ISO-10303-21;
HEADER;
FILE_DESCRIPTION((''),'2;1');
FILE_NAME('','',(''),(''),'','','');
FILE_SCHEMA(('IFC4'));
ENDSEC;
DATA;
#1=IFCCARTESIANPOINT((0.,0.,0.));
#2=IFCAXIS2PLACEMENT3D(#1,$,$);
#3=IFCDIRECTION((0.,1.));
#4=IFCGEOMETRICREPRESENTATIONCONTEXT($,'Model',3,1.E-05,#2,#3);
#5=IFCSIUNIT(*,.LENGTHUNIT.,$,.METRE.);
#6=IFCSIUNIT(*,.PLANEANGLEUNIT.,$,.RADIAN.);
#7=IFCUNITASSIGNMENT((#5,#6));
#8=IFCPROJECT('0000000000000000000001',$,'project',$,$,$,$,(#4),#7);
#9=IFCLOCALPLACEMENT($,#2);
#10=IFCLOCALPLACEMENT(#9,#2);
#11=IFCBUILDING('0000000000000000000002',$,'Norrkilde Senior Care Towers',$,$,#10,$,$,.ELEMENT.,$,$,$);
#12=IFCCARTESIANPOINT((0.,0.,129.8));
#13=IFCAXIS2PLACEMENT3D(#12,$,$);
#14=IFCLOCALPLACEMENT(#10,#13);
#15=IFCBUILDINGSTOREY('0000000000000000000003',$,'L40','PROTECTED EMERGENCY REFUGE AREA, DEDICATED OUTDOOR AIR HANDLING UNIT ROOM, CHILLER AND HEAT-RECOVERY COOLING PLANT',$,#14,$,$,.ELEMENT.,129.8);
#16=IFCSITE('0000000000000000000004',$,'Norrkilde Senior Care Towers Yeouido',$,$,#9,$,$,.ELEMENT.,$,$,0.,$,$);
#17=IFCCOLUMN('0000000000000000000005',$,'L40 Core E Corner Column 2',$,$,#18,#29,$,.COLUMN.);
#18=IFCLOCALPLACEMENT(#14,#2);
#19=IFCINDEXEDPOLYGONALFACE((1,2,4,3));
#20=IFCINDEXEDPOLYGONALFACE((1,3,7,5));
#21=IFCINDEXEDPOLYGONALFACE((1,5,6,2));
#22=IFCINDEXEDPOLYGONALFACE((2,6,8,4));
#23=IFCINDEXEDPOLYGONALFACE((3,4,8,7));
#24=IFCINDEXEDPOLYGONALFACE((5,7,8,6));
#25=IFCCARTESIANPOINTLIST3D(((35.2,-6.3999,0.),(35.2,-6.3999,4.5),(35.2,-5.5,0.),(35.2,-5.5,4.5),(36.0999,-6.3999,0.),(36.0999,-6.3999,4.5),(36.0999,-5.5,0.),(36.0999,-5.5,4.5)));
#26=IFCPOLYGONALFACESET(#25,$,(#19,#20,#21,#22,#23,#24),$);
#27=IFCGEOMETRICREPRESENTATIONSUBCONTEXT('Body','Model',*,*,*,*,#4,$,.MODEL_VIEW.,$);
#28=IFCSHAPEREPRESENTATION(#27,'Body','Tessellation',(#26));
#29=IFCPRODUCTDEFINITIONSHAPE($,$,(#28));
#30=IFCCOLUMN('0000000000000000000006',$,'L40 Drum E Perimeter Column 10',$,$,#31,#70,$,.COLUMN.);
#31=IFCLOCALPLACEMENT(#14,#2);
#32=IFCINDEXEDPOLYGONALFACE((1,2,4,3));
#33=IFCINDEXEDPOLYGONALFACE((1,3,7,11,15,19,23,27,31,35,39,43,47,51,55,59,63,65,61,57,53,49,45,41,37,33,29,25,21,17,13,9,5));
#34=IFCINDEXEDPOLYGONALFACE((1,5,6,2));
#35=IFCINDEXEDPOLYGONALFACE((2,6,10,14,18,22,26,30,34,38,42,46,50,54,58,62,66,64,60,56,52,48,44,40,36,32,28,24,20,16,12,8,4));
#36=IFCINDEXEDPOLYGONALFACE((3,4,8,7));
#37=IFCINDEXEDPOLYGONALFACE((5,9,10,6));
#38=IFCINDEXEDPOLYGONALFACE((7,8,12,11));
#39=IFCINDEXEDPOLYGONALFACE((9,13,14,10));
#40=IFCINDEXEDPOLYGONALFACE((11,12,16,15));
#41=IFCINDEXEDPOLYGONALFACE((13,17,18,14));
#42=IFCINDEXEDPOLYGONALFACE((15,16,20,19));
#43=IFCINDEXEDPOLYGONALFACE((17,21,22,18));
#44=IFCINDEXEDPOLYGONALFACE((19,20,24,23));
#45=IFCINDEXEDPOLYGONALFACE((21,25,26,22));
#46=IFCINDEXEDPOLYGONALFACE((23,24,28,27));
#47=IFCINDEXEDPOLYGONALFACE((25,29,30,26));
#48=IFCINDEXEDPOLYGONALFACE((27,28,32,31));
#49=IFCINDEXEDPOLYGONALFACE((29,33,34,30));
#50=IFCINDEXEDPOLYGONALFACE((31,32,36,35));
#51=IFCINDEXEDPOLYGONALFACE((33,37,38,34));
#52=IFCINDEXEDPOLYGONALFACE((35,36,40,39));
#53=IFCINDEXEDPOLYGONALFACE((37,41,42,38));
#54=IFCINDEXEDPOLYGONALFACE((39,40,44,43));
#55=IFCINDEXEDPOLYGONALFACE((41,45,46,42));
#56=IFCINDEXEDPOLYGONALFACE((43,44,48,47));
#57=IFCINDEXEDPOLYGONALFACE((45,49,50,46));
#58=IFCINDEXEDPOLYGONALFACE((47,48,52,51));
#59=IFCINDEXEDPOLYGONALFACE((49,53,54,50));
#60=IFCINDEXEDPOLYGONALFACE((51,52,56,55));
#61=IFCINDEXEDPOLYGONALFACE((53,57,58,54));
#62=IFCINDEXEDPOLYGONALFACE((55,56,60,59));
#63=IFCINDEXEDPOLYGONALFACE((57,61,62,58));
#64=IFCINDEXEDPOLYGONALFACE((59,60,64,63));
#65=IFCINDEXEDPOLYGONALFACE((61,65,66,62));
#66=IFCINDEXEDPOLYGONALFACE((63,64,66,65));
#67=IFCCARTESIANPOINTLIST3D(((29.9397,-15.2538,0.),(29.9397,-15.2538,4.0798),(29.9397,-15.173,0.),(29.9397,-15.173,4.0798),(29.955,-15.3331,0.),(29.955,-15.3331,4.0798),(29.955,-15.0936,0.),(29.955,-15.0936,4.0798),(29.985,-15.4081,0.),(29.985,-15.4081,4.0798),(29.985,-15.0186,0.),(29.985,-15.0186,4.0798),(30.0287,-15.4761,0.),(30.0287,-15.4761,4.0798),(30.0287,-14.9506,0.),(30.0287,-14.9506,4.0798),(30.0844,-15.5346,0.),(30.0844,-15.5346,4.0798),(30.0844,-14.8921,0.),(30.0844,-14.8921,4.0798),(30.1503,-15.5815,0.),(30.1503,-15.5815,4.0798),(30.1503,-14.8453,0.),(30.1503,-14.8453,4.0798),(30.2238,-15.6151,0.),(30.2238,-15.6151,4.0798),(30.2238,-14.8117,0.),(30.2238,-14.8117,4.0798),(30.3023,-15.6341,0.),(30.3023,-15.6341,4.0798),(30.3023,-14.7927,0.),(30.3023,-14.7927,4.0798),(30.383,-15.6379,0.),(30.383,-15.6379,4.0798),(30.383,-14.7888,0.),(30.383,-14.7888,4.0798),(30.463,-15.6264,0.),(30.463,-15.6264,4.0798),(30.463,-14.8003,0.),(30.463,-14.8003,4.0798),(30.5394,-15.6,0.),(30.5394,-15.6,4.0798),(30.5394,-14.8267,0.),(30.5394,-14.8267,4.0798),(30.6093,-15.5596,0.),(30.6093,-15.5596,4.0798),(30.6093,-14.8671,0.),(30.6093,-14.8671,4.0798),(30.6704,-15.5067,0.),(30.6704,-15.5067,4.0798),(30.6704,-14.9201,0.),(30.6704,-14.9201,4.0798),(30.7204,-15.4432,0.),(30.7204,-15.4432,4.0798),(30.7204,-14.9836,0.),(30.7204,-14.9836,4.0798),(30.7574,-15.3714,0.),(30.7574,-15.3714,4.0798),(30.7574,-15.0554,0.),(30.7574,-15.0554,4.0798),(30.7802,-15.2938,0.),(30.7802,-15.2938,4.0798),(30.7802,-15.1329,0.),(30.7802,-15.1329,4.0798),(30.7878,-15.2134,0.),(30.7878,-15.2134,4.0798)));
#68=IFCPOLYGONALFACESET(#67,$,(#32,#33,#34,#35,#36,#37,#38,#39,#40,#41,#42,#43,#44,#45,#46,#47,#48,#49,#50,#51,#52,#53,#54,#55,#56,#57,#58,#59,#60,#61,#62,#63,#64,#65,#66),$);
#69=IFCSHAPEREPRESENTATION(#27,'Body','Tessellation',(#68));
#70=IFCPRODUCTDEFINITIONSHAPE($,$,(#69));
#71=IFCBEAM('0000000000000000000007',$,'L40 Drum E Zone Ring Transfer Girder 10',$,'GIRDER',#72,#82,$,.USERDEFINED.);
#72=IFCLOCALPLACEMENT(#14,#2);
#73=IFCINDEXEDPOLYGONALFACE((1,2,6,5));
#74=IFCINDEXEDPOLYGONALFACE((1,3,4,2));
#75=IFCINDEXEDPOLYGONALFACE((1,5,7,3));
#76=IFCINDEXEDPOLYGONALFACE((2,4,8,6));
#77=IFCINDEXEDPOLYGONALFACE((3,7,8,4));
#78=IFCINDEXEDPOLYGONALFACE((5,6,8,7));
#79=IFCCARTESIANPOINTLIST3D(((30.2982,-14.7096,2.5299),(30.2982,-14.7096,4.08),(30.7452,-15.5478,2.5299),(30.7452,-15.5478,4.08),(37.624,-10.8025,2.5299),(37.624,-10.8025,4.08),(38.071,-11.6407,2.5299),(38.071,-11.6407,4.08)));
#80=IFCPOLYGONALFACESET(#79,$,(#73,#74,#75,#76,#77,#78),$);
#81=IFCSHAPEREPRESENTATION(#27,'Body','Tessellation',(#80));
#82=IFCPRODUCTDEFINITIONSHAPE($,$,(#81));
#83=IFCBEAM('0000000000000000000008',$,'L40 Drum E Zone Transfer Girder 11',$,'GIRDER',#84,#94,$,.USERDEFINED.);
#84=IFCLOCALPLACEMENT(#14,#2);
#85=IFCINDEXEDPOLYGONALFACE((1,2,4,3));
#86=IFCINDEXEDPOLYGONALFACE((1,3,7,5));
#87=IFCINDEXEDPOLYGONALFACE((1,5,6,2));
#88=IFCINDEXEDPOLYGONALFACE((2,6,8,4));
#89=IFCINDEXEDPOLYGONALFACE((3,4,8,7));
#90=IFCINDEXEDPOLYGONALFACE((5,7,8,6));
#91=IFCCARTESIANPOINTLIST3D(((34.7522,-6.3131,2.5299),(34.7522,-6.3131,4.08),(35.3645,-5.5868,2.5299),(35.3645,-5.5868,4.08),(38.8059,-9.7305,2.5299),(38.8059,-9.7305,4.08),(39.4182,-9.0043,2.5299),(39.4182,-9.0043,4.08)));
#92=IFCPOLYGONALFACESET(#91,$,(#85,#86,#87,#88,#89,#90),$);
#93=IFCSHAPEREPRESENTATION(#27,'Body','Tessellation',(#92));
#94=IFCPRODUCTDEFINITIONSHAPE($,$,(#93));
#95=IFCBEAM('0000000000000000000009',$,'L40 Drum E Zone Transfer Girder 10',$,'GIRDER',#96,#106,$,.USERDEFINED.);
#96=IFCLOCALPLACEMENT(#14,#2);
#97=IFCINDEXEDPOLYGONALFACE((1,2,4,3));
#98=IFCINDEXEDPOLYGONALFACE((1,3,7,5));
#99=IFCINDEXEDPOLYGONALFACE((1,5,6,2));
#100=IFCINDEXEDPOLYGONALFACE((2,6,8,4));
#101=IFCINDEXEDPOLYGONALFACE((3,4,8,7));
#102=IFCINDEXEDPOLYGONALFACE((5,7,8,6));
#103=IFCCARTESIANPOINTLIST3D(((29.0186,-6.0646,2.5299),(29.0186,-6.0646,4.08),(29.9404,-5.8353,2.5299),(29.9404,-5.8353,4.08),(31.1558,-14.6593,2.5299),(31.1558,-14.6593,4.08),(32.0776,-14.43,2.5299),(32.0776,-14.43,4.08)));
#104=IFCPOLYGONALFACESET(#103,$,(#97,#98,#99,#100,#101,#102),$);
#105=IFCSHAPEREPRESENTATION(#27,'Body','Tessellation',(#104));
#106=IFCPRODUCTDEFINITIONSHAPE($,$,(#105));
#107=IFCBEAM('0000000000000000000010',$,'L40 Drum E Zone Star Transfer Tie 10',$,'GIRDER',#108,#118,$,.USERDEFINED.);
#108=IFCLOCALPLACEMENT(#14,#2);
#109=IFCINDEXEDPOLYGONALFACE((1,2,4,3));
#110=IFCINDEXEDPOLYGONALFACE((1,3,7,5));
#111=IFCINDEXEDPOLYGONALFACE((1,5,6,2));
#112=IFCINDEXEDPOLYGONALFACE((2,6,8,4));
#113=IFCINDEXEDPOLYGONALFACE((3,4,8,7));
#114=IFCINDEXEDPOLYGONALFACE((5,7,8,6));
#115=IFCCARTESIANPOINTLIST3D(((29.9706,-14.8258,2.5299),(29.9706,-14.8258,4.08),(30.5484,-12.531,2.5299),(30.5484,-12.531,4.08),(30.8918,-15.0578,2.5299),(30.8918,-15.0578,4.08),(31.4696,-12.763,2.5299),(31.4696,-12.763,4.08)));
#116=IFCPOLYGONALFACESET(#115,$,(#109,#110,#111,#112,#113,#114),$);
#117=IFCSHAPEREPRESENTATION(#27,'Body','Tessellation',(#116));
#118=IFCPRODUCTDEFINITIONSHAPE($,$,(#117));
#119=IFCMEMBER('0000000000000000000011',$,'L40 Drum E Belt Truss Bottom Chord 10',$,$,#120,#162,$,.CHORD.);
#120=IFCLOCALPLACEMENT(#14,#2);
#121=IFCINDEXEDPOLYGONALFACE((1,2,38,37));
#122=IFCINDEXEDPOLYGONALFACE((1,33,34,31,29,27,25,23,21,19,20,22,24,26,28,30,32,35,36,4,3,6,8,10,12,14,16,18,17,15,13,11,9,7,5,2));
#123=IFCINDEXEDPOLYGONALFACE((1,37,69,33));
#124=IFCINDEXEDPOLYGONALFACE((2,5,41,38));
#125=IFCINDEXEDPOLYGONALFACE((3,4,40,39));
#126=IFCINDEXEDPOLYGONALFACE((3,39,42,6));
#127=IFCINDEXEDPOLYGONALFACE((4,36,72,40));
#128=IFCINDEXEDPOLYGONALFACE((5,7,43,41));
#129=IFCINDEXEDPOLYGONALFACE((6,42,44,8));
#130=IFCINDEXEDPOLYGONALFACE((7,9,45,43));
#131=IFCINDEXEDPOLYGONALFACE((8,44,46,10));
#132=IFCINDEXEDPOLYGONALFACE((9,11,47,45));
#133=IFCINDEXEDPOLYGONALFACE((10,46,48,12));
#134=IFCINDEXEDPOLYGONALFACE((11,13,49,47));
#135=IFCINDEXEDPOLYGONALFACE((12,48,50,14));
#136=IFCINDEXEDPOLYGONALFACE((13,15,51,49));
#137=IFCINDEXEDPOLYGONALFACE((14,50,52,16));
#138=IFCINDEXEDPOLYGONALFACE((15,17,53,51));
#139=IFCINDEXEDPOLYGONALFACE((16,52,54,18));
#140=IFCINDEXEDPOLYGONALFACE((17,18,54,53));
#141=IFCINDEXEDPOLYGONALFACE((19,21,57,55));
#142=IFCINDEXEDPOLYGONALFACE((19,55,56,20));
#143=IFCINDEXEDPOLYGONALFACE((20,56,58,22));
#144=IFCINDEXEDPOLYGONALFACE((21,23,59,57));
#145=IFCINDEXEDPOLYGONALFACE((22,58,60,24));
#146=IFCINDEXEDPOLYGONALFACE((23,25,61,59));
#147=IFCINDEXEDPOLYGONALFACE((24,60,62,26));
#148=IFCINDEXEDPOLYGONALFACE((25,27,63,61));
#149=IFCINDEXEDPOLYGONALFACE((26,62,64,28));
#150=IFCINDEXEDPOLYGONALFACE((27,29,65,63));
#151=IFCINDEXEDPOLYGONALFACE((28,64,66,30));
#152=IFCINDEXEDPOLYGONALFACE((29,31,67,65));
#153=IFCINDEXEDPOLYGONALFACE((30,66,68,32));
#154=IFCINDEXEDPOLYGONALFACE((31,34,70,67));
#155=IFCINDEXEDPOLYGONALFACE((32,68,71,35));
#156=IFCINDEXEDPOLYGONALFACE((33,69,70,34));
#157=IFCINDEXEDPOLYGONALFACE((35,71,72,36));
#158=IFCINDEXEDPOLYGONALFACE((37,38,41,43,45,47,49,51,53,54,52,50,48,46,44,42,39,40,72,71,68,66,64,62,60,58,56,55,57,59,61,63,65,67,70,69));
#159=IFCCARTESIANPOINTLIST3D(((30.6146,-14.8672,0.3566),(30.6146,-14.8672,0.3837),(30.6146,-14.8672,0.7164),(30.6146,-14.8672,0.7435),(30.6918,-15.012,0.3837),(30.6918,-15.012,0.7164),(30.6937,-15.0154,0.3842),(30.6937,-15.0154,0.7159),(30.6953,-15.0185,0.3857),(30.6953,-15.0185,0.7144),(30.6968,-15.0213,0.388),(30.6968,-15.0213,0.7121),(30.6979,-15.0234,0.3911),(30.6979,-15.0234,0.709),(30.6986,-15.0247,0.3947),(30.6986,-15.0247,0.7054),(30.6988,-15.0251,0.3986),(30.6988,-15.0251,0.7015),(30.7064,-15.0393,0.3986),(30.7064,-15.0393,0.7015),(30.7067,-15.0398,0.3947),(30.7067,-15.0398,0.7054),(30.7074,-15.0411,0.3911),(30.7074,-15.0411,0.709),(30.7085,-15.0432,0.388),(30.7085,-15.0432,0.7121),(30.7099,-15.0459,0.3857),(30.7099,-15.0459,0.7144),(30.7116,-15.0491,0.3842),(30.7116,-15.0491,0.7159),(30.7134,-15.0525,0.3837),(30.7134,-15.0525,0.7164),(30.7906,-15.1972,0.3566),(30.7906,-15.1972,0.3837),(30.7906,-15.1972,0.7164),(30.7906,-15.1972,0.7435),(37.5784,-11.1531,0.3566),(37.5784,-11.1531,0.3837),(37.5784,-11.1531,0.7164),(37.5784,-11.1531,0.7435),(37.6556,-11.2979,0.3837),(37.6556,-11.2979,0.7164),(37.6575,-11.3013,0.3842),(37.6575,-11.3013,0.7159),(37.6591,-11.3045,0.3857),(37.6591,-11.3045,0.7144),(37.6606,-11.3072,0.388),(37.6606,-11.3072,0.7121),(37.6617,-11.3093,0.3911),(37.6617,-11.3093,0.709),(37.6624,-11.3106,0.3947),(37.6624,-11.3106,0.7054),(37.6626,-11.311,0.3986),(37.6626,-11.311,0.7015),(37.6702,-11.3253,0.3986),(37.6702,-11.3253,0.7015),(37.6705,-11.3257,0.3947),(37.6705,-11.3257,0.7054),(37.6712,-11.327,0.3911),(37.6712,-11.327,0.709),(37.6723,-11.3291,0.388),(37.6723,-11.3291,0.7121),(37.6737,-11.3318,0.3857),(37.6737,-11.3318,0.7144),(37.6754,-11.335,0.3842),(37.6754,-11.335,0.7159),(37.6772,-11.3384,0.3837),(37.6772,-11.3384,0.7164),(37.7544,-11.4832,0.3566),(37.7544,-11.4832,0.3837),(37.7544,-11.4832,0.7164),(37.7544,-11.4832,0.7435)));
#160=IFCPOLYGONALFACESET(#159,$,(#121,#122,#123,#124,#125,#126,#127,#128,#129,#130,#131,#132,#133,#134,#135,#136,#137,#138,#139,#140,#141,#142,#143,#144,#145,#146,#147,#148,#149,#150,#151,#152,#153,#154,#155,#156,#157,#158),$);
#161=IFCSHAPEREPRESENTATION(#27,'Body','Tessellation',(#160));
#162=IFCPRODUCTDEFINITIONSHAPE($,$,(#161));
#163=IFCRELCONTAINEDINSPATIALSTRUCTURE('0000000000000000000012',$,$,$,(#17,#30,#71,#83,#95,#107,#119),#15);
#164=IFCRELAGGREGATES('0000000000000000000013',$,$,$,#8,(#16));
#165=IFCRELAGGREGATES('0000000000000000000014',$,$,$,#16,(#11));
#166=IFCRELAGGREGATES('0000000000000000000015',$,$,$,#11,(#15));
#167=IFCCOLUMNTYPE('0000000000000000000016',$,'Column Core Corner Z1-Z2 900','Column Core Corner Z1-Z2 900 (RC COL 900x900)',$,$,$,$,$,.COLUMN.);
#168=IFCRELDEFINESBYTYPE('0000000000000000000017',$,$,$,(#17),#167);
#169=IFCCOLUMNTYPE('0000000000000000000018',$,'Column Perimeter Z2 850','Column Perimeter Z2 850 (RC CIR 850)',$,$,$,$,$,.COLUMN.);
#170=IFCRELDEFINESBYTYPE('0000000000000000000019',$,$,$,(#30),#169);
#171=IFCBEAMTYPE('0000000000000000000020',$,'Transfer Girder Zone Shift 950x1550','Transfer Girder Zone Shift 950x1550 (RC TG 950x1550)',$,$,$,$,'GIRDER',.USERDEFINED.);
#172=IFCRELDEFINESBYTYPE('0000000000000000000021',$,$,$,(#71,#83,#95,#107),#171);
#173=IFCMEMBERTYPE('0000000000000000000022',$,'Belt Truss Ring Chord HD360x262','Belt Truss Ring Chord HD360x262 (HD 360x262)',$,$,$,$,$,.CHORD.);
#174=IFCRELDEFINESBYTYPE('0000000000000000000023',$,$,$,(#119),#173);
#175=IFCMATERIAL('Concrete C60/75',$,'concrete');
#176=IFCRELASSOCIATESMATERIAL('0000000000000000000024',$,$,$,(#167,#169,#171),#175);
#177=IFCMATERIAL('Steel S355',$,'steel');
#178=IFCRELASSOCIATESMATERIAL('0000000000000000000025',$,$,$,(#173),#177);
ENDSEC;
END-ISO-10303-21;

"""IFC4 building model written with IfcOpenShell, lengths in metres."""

from ifc_helpers import new_model, si_unit, direction, frame, origin, origin_2d, place, context, subcontext, project, spatial, rectangle, circle, i_section, extrude, source, transform, mapped, material, material_profile, profile_set, type_object, type_shapes, element, save


model = new_model("IFC4")

# Units and contexts
model_context = context("Model", 3, precision=1e-05, world=origin(), true_north=direction((0.0, 1.0)))
body_context = subcontext(model_context, "Body", "Model", "MODEL_VIEW")
ifc_project = project(units=[si_unit("LENGTHUNIT", "METRE"), si_unit("PLANEANGLEUNIT", "RADIAN")], contexts=[model_context])

# Site, building, storey
site_placement = place(None, origin())
site = spatial("IfcSite", under=ifc_project, at=site_placement, Name="Norrkilde Senior Care Towers Yeouido", CompositionType="ELEMENT", RefElevation=0.0)
building_placement = place(site_placement, origin())
building = spatial("IfcBuilding", under=site, at=building_placement, Name="Norrkilde Senior Care Towers", CompositionType="ELEMENT")
storey_placement = place(building_placement, frame((0.0, 0.0, 129.8)))
storey = spatial("IfcBuildingStorey", under=building, at=storey_placement, Name="L40", Description="PROTECTED EMERGENCY REFUGE AREA, DEDICATED OUTDOOR AIR HANDLING UNIT ROOM, CHILLER AND HEAT-RECOVERY COOLING PLANT", CompositionType="ELEMENT", Elevation=129.8)

# Columns
ifc_material_1 = material(Name="Concrete C60/75", Category="concrete")
ifc_material_profile_1 = material_profile(ifc_material_1, rectangle(XDim=0.8999, YDim=0.8999, at=origin_2d()), Name="RC COL 900x900")
ifc_profile_set_1 = profile_set([ifc_material_profile_1], Name="Concrete C60/75")
column_type_1 = type_object("IfcColumnType", Name="Column Core Corner Z1-Z2 900", Description="Column Core Corner Z1-Z2 900 (RC COL 900x900)", PredefinedType="COLUMN", material=ifc_profile_set_1)
shared_shape_1 = source(origin(), body_context, "Body", "SweptSolid", [
    extrude(rectangle(XDim=0.8999, YDim=0.8999, at=origin_2d()), origin(), (0.0, 0.0, 1.0), 4.5),
])
type_shapes(column_type_1, [shared_shape_1])
column_1_placement = place(storey_placement, frame((35.6499, -5.95, 0.0), z_axis=(0.0, 0.0, 1.0), x_axis=(1.0, 0.0, 0.0)))
element("IfcColumn", 1, at=column_1_placement, inside=storey, type_object=column_type_1, Name="L40 Core E Corner Column 2", PredefinedType="COLUMN", context=body_context, shape_type="MappedRepresentation", body=[
    mapped(shared_shape_1, transform((0.0, 0.0, 0.0), x_axis=(1.0, 0.0, 0.0), y_axis=(0.0, 1.0, 0.0), z_axis=(0.0, 0.0, 1.0), scale=1.0)),
])
ifc_material_profile_2 = material_profile(ifc_material_1, circle(Radius=0.425, at=origin_2d()), Name="RC CIR 850")
ifc_profile_set_2 = profile_set([ifc_material_profile_2], Name="Concrete C60/75")
column_type_2 = type_object("IfcColumnType", Name="Column Perimeter Z2 850", Description="Column Perimeter Z2 850 (RC CIR 850)", PredefinedType="COLUMN", material=ifc_profile_set_2)
shared_shape_2 = source(origin(), body_context, "Body", "SweptSolid", [
    extrude(circle(Radius=0.425, at=origin_2d()), origin(), (0.0, 0.0, 1.0), 4.0798),
])
type_shapes(column_type_2, [shared_shape_2])
column_2_placement = place(storey_placement, frame((30.3628, -15.2134, 0.0), z_axis=(0.0, 0.0, 1.0), x_axis=(1.0, 0.0, 0.0)))
element("IfcColumn", 2, at=column_2_placement, inside=storey, type_object=column_type_2, Name="L40 Drum E Perimeter Column 10", PredefinedType="COLUMN", context=body_context, shape_type="MappedRepresentation", body=[
    mapped(shared_shape_2, transform((0.0, 0.0, 0.0), x_axis=(1.0, 0.0, 0.0), y_axis=(0.0, 1.0, 0.0), z_axis=(0.0, 0.0, 1.0), scale=1.0)),
])

# Beams
ifc_material_profile_3 = material_profile(ifc_material_1, rectangle(XDim=0.95, YDim=1.55, at=origin_2d()), Name="RC TG 950x1550")
ifc_profile_set_3 = profile_set([ifc_material_profile_3], Name="Concrete C60/75")
beam_type = type_object("IfcBeamType", Name="Transfer Girder Zone Shift 950x1550", Description="Transfer Girder Zone Shift 950x1550 (RC TG 950x1550)", ElementType="GIRDER", PredefinedType="USERDEFINED", material=ifc_profile_set_3)
shared_shape_3 = source(origin(), body_context, "Body", "SweptSolid", [
    extrude(rectangle(XDim=0.95, YDim=1.55, at=origin_2d()), origin(), (0.0, 0.0, 1.0), 8.3025),
])
beam_1_placement = place(storey_placement, frame((30.5217, -15.1287, 3.3049), z_axis=(0.882355, 0.470584, 0.0), x_axis=(-0.470584, 0.882355, 0.0)))
element("IfcBeam", 3, at=beam_1_placement, inside=storey, type_object=beam_type, Name="L40 Drum E Zone Ring Transfer Girder 10", ObjectType="GIRDER", PredefinedType="USERDEFINED", context=body_context, shape_type="MappedRepresentation", body=[
    mapped(shared_shape_3, transform((0.0, 0.0, 0.0), x_axis=(1.0, 0.0, 0.0), y_axis=(0.0, 1.0, 0.0), z_axis=(0.0, 0.0, 1.0), scale=1.0)),
])
shared_shape_4 = source(origin(), body_context, "Body", "SweptSolid", [
    extrude(rectangle(XDim=0.95, YDim=1.55, at=origin_2d()), origin(), (0.0, 0.0, 1.0), 5.302),
])
beam_2_placement = place(storey_placement, frame((35.0583, -5.95, 3.3049), z_axis=(0.764555, -0.644558, 0.0), x_axis=(0.644558, 0.764555, 0.0)))
element("IfcBeam", 4, at=beam_2_placement, inside=storey, type_object=beam_type, Name="L40 Drum E Zone Transfer Girder 11", ObjectType="GIRDER", PredefinedType="USERDEFINED", context=body_context, shape_type="MappedRepresentation", body=[
    mapped(shared_shape_4, transform((0.0, 0.0, 0.0), x_axis=(1.0, 0.0, 0.0), y_axis=(0.0, 1.0, 0.0), z_axis=(0.0, 0.0, 1.0), scale=1.0)),
])
shared_shape_5 = source(origin(), body_context, "Body", "SweptSolid", [
    extrude(rectangle(XDim=0.95, YDim=1.55, at=origin_2d()), origin(), (0.0, 0.0, 1.0), 8.8564),
])
beam_3_placement = place(storey_placement, frame((29.4795, -5.95, 3.3049), z_axis=(0.241316, -0.970447, 0.0), x_axis=(0.970447, 0.241316, 0.0)))
element("IfcBeam", 5, at=beam_3_placement, inside=storey, type_object=beam_type, Name="L40 Drum E Zone Transfer Girder 10", ObjectType="GIRDER", PredefinedType="USERDEFINED", context=body_context, shape_type="MappedRepresentation", body=[
    mapped(shared_shape_5, transform((0.0, 0.0, 0.0), x_axis=(1.0, 0.0, 0.0), y_axis=(0.0, 1.0, 0.0), z_axis=(0.0, 0.0, 1.0), scale=1.0)),
])
shared_shape_6 = source(origin(), body_context, "Body", "SweptSolid", [
    extrude(rectangle(XDim=0.95, YDim=1.55, at=origin_2d()), origin(), (0.0, 0.0, 1.0), 2.3665),
])
type_shapes(beam_type, [shared_shape_3, shared_shape_4, shared_shape_5, shared_shape_6])
beam_4_placement = place(storey_placement, frame((31.009, -12.647, 3.3049), z_axis=(-0.244186, -0.969728, 0.0), x_axis=(0.969728, -0.244186, 0.0)))
element("IfcBeam", 6, at=beam_4_placement, inside=storey, type_object=beam_type, Name="L40 Drum E Zone Star Transfer Tie 10", ObjectType="GIRDER", PredefinedType="USERDEFINED", context=body_context, shape_type="MappedRepresentation", body=[
    mapped(shared_shape_6, transform((0.0, 0.0, 0.0), x_axis=(1.0, 0.0, 0.0), y_axis=(0.0, 1.0, 0.0), z_axis=(0.0, 0.0, 1.0), scale=1.0)),
])

# Member
ifc_material_2 = material(Name="Steel S355", Category="steel")
ifc_material_profile_4 = material_profile(ifc_material_2, i_section(OverallWidth=0.374, OverallDepth=0.387, WebThickness=0.0161, FlangeThickness=0.0271, FilletRadius=0.0149, at=origin_2d()), Name="HD 360x262")
ifc_profile_set_4 = profile_set([ifc_material_profile_4], Name="Steel S355")
member_type_1 = type_object("IfcMemberType", Name="Belt Truss Ring Chord HD360x262", Description="Belt Truss Ring Chord HD360x262 (HD 360x262)", PredefinedType="CHORD", material=ifc_profile_set_4)
shared_shape_7 = source(origin(), body_context, "Body", "SweptSolid", [
    extrude(i_section(OverallWidth=0.374, OverallDepth=0.387, WebThickness=0.0161, FlangeThickness=0.0271, FilletRadius=0.0149, at=origin_2d()), origin(), (0.0, 0.0, 1.0), 7.8923),
])
type_shapes(member_type_1, [shared_shape_7])
member_1_placement = place(storey_placement, frame((30.7026, -15.0322, 0.55), z_axis=(0.88235, 0.470593, 0.0), x_axis=(-0.470593, 0.88235, 0.0)))
element("IfcMember", 7, at=member_1_placement, inside=storey, type_object=member_type_1, Name="L40 Drum E Belt Truss Bottom Chord 10", PredefinedType="CHORD", context=body_context, shape_type="MappedRepresentation", body=[
    mapped(shared_shape_7, transform((0.0, 0.0, 0.0), x_axis=(1.0, 0.0, 0.0), y_axis=(0.0, 1.0, 0.0), z_axis=(0.0, 0.0, 1.0), scale=1.0)),
])

save(model, "model.ifc")
